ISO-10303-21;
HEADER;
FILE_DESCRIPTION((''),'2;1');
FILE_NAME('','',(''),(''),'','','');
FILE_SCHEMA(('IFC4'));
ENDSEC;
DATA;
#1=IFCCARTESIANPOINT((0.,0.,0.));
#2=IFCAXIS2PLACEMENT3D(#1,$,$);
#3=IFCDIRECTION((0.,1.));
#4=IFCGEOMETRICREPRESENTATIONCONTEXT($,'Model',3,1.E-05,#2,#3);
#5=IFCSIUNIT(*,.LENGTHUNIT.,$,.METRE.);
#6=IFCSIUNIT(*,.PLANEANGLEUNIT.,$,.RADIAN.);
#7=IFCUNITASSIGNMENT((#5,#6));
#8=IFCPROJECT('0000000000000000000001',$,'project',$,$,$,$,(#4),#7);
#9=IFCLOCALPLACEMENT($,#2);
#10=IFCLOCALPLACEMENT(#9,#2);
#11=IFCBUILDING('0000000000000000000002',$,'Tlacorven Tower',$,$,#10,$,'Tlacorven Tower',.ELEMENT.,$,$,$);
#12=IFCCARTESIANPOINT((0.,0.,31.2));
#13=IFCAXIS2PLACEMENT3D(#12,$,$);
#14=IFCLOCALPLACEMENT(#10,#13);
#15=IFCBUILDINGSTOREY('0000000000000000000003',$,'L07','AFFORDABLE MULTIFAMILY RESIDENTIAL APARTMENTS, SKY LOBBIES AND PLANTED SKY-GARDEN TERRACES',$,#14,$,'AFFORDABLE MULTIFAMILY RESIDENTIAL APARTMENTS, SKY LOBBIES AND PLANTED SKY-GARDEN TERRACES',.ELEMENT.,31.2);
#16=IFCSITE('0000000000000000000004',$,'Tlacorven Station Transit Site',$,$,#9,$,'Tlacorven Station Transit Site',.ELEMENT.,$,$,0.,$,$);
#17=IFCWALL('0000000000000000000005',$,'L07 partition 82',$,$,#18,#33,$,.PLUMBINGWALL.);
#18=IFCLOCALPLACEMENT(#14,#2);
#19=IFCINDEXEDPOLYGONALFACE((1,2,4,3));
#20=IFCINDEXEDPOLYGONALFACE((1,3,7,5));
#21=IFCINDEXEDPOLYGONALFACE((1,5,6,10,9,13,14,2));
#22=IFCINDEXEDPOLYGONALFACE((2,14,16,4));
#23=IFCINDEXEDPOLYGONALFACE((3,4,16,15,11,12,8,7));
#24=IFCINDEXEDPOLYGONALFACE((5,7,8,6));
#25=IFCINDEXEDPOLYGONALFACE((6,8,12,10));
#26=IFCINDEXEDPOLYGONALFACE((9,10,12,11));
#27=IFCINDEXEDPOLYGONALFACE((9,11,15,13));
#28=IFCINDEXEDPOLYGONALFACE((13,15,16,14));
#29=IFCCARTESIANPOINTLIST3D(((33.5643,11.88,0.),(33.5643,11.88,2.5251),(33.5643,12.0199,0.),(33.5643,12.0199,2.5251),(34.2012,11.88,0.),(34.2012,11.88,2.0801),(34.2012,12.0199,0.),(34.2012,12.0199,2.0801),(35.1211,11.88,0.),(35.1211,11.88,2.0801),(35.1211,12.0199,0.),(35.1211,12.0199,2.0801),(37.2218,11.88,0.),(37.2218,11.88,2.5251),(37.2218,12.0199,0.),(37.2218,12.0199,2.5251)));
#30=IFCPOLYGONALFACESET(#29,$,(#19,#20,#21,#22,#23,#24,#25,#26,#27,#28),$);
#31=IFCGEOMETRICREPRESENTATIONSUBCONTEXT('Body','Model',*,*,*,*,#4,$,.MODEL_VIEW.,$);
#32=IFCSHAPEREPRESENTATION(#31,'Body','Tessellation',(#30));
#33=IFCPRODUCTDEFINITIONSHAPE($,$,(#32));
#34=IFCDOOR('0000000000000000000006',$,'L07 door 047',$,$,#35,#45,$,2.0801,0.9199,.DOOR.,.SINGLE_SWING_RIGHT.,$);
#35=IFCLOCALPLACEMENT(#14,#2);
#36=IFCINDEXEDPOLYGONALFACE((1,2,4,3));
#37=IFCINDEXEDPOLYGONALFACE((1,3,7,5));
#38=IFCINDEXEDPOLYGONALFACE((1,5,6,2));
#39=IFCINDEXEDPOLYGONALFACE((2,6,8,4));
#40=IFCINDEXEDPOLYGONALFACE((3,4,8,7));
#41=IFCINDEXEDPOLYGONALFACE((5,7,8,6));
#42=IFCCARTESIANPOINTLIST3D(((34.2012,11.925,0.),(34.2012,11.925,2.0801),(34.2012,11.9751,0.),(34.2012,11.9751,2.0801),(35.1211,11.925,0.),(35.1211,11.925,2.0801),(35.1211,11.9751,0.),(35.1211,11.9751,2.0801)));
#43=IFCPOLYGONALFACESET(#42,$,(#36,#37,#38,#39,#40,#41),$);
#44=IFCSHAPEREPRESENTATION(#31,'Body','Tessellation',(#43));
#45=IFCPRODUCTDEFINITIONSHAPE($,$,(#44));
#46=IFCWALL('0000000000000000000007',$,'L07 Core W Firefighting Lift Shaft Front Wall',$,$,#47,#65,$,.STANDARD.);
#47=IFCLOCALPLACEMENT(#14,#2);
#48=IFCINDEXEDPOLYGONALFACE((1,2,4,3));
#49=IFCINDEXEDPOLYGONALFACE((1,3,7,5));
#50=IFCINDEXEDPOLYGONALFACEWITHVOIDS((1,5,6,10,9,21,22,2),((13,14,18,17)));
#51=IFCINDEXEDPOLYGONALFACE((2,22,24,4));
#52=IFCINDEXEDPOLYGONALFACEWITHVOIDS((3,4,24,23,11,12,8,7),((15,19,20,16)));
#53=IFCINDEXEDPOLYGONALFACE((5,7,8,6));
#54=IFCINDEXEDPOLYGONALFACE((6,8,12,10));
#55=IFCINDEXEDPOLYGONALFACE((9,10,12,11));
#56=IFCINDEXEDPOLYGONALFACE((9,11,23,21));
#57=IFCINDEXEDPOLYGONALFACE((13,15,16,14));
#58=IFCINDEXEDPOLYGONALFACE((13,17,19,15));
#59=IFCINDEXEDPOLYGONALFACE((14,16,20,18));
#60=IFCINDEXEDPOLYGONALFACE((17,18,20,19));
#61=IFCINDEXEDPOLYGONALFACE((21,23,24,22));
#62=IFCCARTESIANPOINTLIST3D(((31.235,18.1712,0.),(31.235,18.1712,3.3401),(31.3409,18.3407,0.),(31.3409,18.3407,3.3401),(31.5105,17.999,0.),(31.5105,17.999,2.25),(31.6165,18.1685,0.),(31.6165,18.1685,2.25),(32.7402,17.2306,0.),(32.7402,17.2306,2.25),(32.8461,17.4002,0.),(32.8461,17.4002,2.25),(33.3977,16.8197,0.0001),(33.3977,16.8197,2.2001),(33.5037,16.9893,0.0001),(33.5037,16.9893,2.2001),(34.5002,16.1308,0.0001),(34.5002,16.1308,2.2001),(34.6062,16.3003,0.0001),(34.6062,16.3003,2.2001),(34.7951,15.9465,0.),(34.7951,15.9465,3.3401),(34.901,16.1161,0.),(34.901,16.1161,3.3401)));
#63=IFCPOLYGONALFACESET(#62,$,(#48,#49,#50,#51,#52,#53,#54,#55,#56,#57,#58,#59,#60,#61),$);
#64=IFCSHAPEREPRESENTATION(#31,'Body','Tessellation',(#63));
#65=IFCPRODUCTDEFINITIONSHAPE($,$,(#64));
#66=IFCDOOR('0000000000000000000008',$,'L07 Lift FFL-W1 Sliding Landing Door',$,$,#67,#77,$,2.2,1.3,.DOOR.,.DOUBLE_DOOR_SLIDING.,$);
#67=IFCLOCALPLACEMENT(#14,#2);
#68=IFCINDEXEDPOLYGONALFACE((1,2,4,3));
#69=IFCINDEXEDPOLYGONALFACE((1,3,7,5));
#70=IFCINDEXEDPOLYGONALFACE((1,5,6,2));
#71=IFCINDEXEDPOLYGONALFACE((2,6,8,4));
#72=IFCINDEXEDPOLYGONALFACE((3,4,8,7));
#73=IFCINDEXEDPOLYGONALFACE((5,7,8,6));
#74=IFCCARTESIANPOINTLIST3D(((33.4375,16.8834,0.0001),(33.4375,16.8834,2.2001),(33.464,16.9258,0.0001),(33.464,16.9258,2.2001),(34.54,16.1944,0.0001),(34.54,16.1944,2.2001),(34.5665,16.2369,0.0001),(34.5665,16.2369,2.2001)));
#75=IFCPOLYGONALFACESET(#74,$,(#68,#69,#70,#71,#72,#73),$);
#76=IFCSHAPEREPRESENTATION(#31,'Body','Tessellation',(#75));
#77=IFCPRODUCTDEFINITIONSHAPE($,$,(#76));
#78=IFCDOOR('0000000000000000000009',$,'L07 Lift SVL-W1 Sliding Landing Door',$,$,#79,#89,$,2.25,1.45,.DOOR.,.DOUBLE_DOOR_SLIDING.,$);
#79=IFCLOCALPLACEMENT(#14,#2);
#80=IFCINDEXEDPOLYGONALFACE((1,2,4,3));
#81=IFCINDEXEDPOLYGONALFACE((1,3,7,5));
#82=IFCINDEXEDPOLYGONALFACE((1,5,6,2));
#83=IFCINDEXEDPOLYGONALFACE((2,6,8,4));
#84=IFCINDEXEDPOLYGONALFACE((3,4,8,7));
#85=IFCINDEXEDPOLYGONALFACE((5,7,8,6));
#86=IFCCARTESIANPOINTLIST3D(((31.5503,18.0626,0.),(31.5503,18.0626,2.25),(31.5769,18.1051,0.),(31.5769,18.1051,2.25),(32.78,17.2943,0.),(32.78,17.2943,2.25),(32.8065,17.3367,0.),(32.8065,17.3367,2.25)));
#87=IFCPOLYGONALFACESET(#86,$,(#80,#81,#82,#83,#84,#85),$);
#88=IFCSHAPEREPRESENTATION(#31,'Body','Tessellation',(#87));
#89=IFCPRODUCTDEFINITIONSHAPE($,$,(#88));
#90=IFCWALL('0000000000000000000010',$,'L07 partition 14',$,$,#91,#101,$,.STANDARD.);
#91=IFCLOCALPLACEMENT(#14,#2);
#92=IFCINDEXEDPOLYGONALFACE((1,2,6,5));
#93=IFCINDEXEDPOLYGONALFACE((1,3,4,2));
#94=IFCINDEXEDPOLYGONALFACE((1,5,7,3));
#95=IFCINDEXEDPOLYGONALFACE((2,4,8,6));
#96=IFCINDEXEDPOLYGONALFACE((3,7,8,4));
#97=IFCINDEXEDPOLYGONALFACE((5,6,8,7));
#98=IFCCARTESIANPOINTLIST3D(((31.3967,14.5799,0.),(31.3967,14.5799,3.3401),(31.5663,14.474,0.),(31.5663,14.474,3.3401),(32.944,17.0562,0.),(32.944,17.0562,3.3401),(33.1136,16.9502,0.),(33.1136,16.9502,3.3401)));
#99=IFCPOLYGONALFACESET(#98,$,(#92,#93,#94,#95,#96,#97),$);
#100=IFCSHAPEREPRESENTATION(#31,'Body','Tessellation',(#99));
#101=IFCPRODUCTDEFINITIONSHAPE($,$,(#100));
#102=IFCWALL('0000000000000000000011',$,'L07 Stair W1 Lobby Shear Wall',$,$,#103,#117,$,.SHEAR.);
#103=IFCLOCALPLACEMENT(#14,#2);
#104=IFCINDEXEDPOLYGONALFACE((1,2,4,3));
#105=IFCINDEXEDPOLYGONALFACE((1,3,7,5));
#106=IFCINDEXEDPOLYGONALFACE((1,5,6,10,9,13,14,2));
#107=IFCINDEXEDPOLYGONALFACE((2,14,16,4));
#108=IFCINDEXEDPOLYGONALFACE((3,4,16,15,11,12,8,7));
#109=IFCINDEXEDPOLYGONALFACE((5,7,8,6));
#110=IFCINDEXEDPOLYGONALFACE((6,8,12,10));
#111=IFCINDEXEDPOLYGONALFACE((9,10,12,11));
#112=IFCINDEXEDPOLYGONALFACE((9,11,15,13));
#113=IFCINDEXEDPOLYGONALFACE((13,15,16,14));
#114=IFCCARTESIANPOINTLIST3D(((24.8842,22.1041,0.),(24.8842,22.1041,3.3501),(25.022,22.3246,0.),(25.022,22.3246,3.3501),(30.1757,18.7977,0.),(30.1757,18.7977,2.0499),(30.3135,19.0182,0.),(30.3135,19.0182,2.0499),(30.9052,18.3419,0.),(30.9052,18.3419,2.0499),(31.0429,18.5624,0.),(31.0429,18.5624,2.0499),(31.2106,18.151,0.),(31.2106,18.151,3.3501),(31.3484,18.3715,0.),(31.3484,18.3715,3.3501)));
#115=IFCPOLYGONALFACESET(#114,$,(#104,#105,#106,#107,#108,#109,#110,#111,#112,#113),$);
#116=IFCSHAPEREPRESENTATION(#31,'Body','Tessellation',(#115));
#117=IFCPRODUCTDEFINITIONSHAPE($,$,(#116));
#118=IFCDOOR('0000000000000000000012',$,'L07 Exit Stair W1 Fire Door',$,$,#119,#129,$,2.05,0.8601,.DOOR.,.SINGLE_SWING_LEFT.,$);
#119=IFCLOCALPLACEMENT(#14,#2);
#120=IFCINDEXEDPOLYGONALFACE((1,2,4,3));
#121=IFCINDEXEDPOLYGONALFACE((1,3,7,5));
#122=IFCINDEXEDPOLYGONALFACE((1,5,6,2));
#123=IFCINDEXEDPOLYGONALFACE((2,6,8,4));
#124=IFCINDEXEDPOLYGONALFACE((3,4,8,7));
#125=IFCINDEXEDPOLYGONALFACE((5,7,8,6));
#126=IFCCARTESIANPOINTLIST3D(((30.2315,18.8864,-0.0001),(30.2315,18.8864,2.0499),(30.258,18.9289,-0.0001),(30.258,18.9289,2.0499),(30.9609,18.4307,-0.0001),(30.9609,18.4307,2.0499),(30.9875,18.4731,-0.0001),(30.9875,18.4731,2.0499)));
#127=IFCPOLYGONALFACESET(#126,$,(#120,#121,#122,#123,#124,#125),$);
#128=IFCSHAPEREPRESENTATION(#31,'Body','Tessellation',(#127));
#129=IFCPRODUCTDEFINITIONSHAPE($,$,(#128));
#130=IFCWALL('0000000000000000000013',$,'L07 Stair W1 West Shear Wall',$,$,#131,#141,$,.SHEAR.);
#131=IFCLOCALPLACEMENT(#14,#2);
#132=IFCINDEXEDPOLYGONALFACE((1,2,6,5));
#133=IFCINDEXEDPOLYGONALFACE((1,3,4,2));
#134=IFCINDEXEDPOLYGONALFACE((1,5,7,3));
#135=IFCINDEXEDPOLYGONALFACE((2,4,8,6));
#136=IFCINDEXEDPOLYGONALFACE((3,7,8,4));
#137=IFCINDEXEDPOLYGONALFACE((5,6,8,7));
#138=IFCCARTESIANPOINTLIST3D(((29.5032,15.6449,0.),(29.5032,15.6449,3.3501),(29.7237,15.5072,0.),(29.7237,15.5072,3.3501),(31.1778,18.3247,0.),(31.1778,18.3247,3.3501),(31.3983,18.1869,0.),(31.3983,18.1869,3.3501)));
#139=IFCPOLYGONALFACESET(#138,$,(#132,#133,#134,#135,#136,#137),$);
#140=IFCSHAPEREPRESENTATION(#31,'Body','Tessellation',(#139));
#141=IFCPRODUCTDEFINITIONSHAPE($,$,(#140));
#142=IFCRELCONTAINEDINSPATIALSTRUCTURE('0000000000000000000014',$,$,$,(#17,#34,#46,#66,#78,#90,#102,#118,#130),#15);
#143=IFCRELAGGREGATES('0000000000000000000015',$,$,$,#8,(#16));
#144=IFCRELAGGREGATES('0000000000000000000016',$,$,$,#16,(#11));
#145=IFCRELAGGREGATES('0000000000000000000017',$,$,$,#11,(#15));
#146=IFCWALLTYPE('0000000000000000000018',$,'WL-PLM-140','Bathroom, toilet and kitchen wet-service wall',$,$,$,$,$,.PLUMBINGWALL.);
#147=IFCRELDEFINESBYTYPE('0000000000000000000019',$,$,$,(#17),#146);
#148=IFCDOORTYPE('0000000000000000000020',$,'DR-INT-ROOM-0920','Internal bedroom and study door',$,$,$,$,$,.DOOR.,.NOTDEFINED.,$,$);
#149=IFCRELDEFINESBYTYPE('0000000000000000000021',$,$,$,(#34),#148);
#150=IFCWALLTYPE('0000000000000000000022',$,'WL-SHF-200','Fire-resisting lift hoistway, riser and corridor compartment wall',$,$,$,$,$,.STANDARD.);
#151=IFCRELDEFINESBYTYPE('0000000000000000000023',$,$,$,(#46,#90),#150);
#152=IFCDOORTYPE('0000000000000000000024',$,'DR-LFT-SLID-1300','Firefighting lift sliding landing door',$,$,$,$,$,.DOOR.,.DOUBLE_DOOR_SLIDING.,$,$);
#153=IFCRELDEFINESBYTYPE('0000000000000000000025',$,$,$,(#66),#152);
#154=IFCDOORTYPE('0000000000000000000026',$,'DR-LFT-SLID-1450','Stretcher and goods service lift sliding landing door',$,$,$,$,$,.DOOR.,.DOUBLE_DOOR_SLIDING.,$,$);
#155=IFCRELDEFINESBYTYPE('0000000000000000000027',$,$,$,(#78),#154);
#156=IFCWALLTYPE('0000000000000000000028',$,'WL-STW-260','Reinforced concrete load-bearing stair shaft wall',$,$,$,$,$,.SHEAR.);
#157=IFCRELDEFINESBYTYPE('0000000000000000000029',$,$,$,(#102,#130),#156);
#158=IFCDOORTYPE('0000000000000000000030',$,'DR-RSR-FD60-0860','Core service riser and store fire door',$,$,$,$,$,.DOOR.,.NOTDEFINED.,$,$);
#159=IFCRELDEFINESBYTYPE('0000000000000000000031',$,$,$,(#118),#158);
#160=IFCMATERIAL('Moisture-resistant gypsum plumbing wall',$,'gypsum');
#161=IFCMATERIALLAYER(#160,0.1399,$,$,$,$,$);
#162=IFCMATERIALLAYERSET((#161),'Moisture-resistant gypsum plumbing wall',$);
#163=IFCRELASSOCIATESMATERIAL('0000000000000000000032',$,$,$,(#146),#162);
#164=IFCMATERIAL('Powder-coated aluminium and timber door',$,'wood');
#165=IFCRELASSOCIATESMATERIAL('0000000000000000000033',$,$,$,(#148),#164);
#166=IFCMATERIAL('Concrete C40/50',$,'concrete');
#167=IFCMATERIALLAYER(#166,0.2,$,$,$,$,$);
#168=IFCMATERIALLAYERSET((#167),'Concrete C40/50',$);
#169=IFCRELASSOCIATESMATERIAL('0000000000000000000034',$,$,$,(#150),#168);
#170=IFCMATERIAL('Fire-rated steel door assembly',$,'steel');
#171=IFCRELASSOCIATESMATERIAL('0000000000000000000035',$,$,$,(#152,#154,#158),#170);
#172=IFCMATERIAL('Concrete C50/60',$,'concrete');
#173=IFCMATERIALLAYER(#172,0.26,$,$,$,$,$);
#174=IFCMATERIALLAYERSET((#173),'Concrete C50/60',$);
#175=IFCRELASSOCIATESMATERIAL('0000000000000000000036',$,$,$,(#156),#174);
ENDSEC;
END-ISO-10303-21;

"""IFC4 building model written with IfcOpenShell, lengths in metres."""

from ifc_helpers import new_model, si_unit, direction, frame, frame_2d, origin, place, context, subcontext, project, spatial, rectangle, extrude, source, transform, mapped, material, layer, layer_set, type_object, element, fill, save


model = new_model("IFC4")

# Units and contexts
model_context = context("Model", 3, precision=1e-05, world=origin(), true_north=direction((0.0, 1.0)))
body_context = subcontext(model_context, "Body", "Model", "MODEL_VIEW")
ifc_project = project(units=[si_unit("LENGTHUNIT", "METRE"), si_unit("PLANEANGLEUNIT", "RADIAN")], contexts=[model_context])

# Site, building, storey
site_placement = place(None, origin())
site = spatial("IfcSite", under=ifc_project, at=site_placement, Name="Tlacorven Station Transit Site", LongName="Tlacorven Station Transit Site", CompositionType="ELEMENT", RefElevation=0.0)
building_placement = place(site_placement, origin())
building = spatial("IfcBuilding", under=site, at=building_placement, Name="Tlacorven Tower", LongName="Tlacorven Tower", CompositionType="ELEMENT")
storey_placement = place(building_placement, frame((0.0, 0.0, 31.2)))
storey = spatial("IfcBuildingStorey", under=building, at=storey_placement, Name="L07", Description="AFFORDABLE MULTIFAMILY RESIDENTIAL APARTMENTS, SKY LOBBIES AND PLANTED SKY-GARDEN TERRACES", LongName="AFFORDABLE MULTIFAMILY RESIDENTIAL APARTMENTS, SKY LOBBIES AND PLANTED SKY-GARDEN TERRACES", CompositionType="ELEMENT", Elevation=31.2)

# Shared definitions
ifc_material_1 = material(Name="Fire-rated steel door assembly", Category="steel")

# Shared definitions
ifc_material_2 = material(Name="Moisture-resistant gypsum plumbing wall", Category="gypsum")
ifc_layer_1 = layer(ifc_material_2, 0.1399)
ifc_layer_set_1 = layer_set([ifc_layer_1], Name="Moisture-resistant gypsum plumbing wall")
wall_type_1 = type_object("IfcWallType", Name="WL-PLM-140", Description="Bathroom, toilet and kitchen wet-service wall", PredefinedType="PLUMBINGWALL", material=ifc_layer_set_1)

# Wall, opening, door
wall_1_placement = place(storey_placement, frame((33.5645, 11.95, 0.0), z_axis=(0.0, 0.0, 1.0), x_axis=(1.0, 0.0, 0.0)))
wall_1 = element("IfcWall", 1, at=wall_1_placement, inside=storey, type_object=wall_type_1, Name="L07 partition 82", PredefinedType="PLUMBINGWALL", context=body_context, shape_type="SweptSolid", body=[
    extrude(rectangle(XDim=3.6575, YDim=0.1399, at=frame_2d((1.8286, 0.0))), origin(), (0.0, 0.0, 1.0), 2.5251),
])
opening_1_placement = place(wall_1_placement, frame((0.6367, 0.0, 0.0)))
opening_1 = element("IfcOpeningElement", 2, at=opening_1_placement, cuts=wall_1, PredefinedType="OPENING", context=body_context, shape_type="SweptSolid", body=[
    extrude(rectangle(XDim=0.9199, YDim=2.0801, at=frame_2d((0.46, 1.04))), frame((0.0, 0.0801, 0.0), z_axis=(0.0, -1.0, 0.0), x_axis=(1.0, 0.0, 0.0)), (0.0, 0.0, 1.0), 0.1599),
])
ifc_material_3 = material(Name="Powder-coated aluminium and timber door", Category="wood")
door_type_1 = type_object("IfcDoorType", Name="DR-INT-ROOM-0920", Description="Internal bedroom and study door", OperationType="NOTDEFINED", PredefinedType="DOOR", material=ifc_material_3)
shared_shape_1 = source(origin(), body_context, "Body", "SweptSolid", [
    extrude(rectangle(XDim=0.9199, YDim=2.0801, at=frame_2d((0.46, 1.04))), frame((0.0, 0.0249, 0.0), z_axis=(0.0, -1.0, 0.0), x_axis=(1.0, 0.0, 0.0)), (0.0, 0.0, 1.0), 0.05),
])
door_1_placement = place(opening_1_placement, frame((0.9199, 0.0, 0.0), z_axis=(0.0, 0.0, 1.0), x_axis=(-1.0, 0.0, 0.0)))
door_1 = element("IfcDoor", 3, at=door_1_placement, inside=storey, type_object=door_type_1, Name="L07 door 047", OperationType="SINGLE_SWING_RIGHT", OverallHeight=2.0801, OverallWidth=0.9199, PredefinedType="DOOR", context=body_context, shape_type="MappedRepresentation", body=[
    mapped(shared_shape_1, transform((0.0, 0.0, 0.0), scale=1.0)),
])
fill(opening_1, door_1)

# Wall, openings, doors
ifc_material_4 = material(Name="Concrete C40/50", Category="concrete")
ifc_layer_2 = layer(ifc_material_4, 0.2)
ifc_layer_set_2 = layer_set([ifc_layer_2], Name="Concrete C40/50")
wall_type_2 = type_object("IfcWallType", Name="WL-SHF-200", Description="Fire-resisting lift hoistway, riser and corridor compartment wall", PredefinedType="STANDARD", material=ifc_layer_set_2)
wall_2_placement = place(storey_placement, frame((34.8481, 16.0312, 0.0), z_axis=(0.0, 0.0, 1.0), x_axis=(-0.848044, 0.529926, 0.0)))
wall_2 = element("IfcWall", 4, at=wall_2_placement, inside=storey, type_object=wall_type_2, Name="L07 Core W Firefighting Lift Shaft Front Wall", PredefinedType="STANDARD", context=body_context, shape_type="SweptSolid", body=[
    extrude(rectangle(XDim=4.198, YDim=0.2, at=frame_2d((2.0991, 0.0))), origin(), (0.0, 0.0, 1.0), 3.3401),
])
opening_2_placement = place(wall_2_placement, frame((0.3479, 0.0, 0.0)))
opening_2 = element("IfcOpeningElement", 5, at=opening_2_placement, cuts=wall_2, PredefinedType="OPENING", context=body_context, shape_type="SweptSolid", body=[
    extrude(rectangle(XDim=1.3, YDim=2.2, at=frame_2d((0.6499, 1.1001))), frame((0.0, 0.1099, 0.0), z_axis=(0.0, -1.0, 0.0), x_axis=(1.0, 0.0, 0.0)), (0.0, 0.0, 1.0), 0.22),
])
opening_3_placement = place(wall_2_placement, frame((2.4231, 0.0, 0.0)))
opening_3 = element("IfcOpeningElement", 6, at=opening_3_placement, cuts=wall_2, PredefinedType="OPENING", context=body_context, shape_type="SweptSolid", body=[
    extrude(rectangle(XDim=1.45, YDim=2.25, at=frame_2d((0.7251, 1.125))), frame((0.0, 0.1099, 0.0), z_axis=(0.0, -1.0, 0.0), x_axis=(1.0, 0.0, 0.0)), (0.0, 0.0, 1.0), 0.22),
])
door_type_2 = type_object("IfcDoorType", Name="DR-LFT-SLID-1300", Description="Firefighting lift sliding landing door", OperationType="DOUBLE_DOOR_SLIDING", PredefinedType="DOOR", material=ifc_material_1)
shared_shape_2 = source(origin(), body_context, "Body", "SweptSolid", [
    extrude(rectangle(XDim=1.3, YDim=2.2, at=frame_2d((0.6499, 1.1001))), frame((0.0, 0.0249, 0.0), z_axis=(0.0, -1.0, 0.0), x_axis=(1.0, 0.0, 0.0)), (0.0, 0.0, 1.0), 0.05),
])
door_2_placement = place(opening_2_placement, origin())
door_2 = element("IfcDoor", 7, at=door_2_placement, inside=storey, type_object=door_type_2, Name="L07 Lift FFL-W1 Sliding Landing Door", OperationType="DOUBLE_DOOR_SLIDING", OverallHeight=2.2, OverallWidth=1.3, PredefinedType="DOOR", context=body_context, shape_type="MappedRepresentation", body=[
    mapped(shared_shape_2, transform((0.0, 0.0, 0.0), scale=1.0)),
])
fill(opening_2, door_2)
door_type_3 = type_object("IfcDoorType", Name="DR-LFT-SLID-1450", Description="Stretcher and goods service lift sliding landing door", OperationType="DOUBLE_DOOR_SLIDING", PredefinedType="DOOR", material=ifc_material_1)
shared_shape_3 = source(origin(), body_context, "Body", "SweptSolid", [
    extrude(rectangle(XDim=1.45, YDim=2.25, at=frame_2d((0.7251, 1.125))), frame((0.0, 0.0249, 0.0), z_axis=(0.0, -1.0, 0.0), x_axis=(1.0, 0.0, 0.0)), (0.0, 0.0, 1.0), 0.05),
])
door_3_placement = place(opening_3_placement, origin())
door_3 = element("IfcDoor", 8, at=door_3_placement, inside=storey, type_object=door_type_3, Name="L07 Lift SVL-W1 Sliding Landing Door", OperationType="DOUBLE_DOOR_SLIDING", OverallHeight=2.25, OverallWidth=1.45, PredefinedType="DOOR", context=body_context, shape_type="MappedRepresentation", body=[
    mapped(shared_shape_3, transform((0.0, 0.0, 0.0), scale=1.0)),
])
fill(opening_3, door_3)

# Wall
wall_3_placement = place(storey_placement, frame((33.0288, 17.0032, 0.0), z_axis=(0.0, 0.0, 1.0), x_axis=(-0.529916, -0.84805, 0.0)))
element("IfcWall", 9, at=wall_3_placement, inside=storey, type_object=wall_type_2, Name="L07 partition 14", PredefinedType="STANDARD", context=body_context, shape_type="SweptSolid", body=[
    extrude(rectangle(XDim=2.9199, YDim=0.2, at=frame_2d((1.46, 0.0))), origin(), (0.0, 0.0, 1.0), 3.3401),
])

# Wall, opening, door
ifc_material_5 = material(Name="Concrete C50/60", Category="concrete")
ifc_layer_3 = layer(ifc_material_5, 0.26)
ifc_layer_set_3 = layer_set([ifc_layer_3], Name="Concrete C50/60")
wall_type_3 = type_object("IfcWallType", Name="WL-STW-260", Description="Reinforced concrete load-bearing stair shaft wall", PredefinedType="SHEAR", material=ifc_layer_set_3)
wall_4_placement = place(storey_placement, frame((31.2795, 18.2612, 0.0), z_axis=(0.0, 0.0, 1.0), x_axis=(-0.848052, 0.529914, 0.0)))
wall_4 = element("IfcWall", 10, at=wall_4_placement, inside=storey, type_object=wall_type_3, Name="L07 Stair W1 Lobby Shear Wall", PredefinedType="SHEAR", context=body_context, shape_type="SweptSolid", body=[
    extrude(rectangle(XDim=7.46, YDim=0.26, at=frame_2d((3.73, 0.0))), origin(), (0.0, 0.0, 1.0), 3.3501),
])
opening_4_placement = place(wall_4_placement, frame((0.3601, 0.0, 0.0)))
opening_4 = element("IfcOpeningElement", 11, at=opening_4_placement, cuts=wall_4, PredefinedType="OPENING", context=body_context, shape_type="SweptSolid", body=[
    extrude(rectangle(XDim=0.8601, YDim=2.05, at=frame_2d((0.4302, 1.0249))), frame((0.0, 0.1401, 0.0), z_axis=(0.0, -1.0, 0.0), x_axis=(1.0, 0.0, 0.0)), (0.0, 0.0, 1.0), 0.28),
])
door_type_4 = type_object("IfcDoorType", Name="DR-RSR-FD60-0860", Description="Core service riser and store fire door", OperationType="NOTDEFINED", PredefinedType="DOOR", material=ifc_material_1)
shared_shape_4 = source(origin(), body_context, "Body", "SweptSolid", [
    extrude(rectangle(XDim=0.8601, YDim=2.05, at=frame_2d((0.4302, 1.0249))), frame((0.0, 0.0249, 0.0), z_axis=(0.0, -1.0, 0.0), x_axis=(1.0, 0.0, 0.0)), (0.0, 0.0, 1.0), 0.05),
])
door_4_placement = place(opening_4_placement, frame((0.8601, 0.0, 0.0), z_axis=(0.0, 0.0, 1.0), x_axis=(-1.0, 0.0, 0.0)))
door_4 = element("IfcDoor", 12, at=door_4_placement, inside=storey, type_object=door_type_4, Name="L07 Exit Stair W1 Fire Door", OperationType="SINGLE_SWING_LEFT", OverallHeight=2.05, OverallWidth=0.8601, PredefinedType="DOOR", context=body_context, shape_type="MappedRepresentation", body=[
    mapped(shared_shape_4, transform((0.0, 0.0, 0.0), scale=1.0)),
])
fill(opening_4, door_4)

# Wall
wall_5_placement = place(storey_placement, frame((31.2881, 18.2559, 0.0), z_axis=(0.0, 0.0, 1.0), x_axis=(-0.529943, -0.848033, 0.0)))
element("IfcWall", 13, at=wall_5_placement, inside=storey, type_object=wall_type_3, Name="L07 Stair W1 West Shear Wall", PredefinedType="SHEAR", context=body_context, shape_type="SweptSolid", body=[
    extrude(rectangle(XDim=3.1599, YDim=0.26, at=frame_2d((1.5801, 0.0))), origin(), (0.0, 0.0, 1.0), 3.3501),
])

save(model, "model.ifc")
